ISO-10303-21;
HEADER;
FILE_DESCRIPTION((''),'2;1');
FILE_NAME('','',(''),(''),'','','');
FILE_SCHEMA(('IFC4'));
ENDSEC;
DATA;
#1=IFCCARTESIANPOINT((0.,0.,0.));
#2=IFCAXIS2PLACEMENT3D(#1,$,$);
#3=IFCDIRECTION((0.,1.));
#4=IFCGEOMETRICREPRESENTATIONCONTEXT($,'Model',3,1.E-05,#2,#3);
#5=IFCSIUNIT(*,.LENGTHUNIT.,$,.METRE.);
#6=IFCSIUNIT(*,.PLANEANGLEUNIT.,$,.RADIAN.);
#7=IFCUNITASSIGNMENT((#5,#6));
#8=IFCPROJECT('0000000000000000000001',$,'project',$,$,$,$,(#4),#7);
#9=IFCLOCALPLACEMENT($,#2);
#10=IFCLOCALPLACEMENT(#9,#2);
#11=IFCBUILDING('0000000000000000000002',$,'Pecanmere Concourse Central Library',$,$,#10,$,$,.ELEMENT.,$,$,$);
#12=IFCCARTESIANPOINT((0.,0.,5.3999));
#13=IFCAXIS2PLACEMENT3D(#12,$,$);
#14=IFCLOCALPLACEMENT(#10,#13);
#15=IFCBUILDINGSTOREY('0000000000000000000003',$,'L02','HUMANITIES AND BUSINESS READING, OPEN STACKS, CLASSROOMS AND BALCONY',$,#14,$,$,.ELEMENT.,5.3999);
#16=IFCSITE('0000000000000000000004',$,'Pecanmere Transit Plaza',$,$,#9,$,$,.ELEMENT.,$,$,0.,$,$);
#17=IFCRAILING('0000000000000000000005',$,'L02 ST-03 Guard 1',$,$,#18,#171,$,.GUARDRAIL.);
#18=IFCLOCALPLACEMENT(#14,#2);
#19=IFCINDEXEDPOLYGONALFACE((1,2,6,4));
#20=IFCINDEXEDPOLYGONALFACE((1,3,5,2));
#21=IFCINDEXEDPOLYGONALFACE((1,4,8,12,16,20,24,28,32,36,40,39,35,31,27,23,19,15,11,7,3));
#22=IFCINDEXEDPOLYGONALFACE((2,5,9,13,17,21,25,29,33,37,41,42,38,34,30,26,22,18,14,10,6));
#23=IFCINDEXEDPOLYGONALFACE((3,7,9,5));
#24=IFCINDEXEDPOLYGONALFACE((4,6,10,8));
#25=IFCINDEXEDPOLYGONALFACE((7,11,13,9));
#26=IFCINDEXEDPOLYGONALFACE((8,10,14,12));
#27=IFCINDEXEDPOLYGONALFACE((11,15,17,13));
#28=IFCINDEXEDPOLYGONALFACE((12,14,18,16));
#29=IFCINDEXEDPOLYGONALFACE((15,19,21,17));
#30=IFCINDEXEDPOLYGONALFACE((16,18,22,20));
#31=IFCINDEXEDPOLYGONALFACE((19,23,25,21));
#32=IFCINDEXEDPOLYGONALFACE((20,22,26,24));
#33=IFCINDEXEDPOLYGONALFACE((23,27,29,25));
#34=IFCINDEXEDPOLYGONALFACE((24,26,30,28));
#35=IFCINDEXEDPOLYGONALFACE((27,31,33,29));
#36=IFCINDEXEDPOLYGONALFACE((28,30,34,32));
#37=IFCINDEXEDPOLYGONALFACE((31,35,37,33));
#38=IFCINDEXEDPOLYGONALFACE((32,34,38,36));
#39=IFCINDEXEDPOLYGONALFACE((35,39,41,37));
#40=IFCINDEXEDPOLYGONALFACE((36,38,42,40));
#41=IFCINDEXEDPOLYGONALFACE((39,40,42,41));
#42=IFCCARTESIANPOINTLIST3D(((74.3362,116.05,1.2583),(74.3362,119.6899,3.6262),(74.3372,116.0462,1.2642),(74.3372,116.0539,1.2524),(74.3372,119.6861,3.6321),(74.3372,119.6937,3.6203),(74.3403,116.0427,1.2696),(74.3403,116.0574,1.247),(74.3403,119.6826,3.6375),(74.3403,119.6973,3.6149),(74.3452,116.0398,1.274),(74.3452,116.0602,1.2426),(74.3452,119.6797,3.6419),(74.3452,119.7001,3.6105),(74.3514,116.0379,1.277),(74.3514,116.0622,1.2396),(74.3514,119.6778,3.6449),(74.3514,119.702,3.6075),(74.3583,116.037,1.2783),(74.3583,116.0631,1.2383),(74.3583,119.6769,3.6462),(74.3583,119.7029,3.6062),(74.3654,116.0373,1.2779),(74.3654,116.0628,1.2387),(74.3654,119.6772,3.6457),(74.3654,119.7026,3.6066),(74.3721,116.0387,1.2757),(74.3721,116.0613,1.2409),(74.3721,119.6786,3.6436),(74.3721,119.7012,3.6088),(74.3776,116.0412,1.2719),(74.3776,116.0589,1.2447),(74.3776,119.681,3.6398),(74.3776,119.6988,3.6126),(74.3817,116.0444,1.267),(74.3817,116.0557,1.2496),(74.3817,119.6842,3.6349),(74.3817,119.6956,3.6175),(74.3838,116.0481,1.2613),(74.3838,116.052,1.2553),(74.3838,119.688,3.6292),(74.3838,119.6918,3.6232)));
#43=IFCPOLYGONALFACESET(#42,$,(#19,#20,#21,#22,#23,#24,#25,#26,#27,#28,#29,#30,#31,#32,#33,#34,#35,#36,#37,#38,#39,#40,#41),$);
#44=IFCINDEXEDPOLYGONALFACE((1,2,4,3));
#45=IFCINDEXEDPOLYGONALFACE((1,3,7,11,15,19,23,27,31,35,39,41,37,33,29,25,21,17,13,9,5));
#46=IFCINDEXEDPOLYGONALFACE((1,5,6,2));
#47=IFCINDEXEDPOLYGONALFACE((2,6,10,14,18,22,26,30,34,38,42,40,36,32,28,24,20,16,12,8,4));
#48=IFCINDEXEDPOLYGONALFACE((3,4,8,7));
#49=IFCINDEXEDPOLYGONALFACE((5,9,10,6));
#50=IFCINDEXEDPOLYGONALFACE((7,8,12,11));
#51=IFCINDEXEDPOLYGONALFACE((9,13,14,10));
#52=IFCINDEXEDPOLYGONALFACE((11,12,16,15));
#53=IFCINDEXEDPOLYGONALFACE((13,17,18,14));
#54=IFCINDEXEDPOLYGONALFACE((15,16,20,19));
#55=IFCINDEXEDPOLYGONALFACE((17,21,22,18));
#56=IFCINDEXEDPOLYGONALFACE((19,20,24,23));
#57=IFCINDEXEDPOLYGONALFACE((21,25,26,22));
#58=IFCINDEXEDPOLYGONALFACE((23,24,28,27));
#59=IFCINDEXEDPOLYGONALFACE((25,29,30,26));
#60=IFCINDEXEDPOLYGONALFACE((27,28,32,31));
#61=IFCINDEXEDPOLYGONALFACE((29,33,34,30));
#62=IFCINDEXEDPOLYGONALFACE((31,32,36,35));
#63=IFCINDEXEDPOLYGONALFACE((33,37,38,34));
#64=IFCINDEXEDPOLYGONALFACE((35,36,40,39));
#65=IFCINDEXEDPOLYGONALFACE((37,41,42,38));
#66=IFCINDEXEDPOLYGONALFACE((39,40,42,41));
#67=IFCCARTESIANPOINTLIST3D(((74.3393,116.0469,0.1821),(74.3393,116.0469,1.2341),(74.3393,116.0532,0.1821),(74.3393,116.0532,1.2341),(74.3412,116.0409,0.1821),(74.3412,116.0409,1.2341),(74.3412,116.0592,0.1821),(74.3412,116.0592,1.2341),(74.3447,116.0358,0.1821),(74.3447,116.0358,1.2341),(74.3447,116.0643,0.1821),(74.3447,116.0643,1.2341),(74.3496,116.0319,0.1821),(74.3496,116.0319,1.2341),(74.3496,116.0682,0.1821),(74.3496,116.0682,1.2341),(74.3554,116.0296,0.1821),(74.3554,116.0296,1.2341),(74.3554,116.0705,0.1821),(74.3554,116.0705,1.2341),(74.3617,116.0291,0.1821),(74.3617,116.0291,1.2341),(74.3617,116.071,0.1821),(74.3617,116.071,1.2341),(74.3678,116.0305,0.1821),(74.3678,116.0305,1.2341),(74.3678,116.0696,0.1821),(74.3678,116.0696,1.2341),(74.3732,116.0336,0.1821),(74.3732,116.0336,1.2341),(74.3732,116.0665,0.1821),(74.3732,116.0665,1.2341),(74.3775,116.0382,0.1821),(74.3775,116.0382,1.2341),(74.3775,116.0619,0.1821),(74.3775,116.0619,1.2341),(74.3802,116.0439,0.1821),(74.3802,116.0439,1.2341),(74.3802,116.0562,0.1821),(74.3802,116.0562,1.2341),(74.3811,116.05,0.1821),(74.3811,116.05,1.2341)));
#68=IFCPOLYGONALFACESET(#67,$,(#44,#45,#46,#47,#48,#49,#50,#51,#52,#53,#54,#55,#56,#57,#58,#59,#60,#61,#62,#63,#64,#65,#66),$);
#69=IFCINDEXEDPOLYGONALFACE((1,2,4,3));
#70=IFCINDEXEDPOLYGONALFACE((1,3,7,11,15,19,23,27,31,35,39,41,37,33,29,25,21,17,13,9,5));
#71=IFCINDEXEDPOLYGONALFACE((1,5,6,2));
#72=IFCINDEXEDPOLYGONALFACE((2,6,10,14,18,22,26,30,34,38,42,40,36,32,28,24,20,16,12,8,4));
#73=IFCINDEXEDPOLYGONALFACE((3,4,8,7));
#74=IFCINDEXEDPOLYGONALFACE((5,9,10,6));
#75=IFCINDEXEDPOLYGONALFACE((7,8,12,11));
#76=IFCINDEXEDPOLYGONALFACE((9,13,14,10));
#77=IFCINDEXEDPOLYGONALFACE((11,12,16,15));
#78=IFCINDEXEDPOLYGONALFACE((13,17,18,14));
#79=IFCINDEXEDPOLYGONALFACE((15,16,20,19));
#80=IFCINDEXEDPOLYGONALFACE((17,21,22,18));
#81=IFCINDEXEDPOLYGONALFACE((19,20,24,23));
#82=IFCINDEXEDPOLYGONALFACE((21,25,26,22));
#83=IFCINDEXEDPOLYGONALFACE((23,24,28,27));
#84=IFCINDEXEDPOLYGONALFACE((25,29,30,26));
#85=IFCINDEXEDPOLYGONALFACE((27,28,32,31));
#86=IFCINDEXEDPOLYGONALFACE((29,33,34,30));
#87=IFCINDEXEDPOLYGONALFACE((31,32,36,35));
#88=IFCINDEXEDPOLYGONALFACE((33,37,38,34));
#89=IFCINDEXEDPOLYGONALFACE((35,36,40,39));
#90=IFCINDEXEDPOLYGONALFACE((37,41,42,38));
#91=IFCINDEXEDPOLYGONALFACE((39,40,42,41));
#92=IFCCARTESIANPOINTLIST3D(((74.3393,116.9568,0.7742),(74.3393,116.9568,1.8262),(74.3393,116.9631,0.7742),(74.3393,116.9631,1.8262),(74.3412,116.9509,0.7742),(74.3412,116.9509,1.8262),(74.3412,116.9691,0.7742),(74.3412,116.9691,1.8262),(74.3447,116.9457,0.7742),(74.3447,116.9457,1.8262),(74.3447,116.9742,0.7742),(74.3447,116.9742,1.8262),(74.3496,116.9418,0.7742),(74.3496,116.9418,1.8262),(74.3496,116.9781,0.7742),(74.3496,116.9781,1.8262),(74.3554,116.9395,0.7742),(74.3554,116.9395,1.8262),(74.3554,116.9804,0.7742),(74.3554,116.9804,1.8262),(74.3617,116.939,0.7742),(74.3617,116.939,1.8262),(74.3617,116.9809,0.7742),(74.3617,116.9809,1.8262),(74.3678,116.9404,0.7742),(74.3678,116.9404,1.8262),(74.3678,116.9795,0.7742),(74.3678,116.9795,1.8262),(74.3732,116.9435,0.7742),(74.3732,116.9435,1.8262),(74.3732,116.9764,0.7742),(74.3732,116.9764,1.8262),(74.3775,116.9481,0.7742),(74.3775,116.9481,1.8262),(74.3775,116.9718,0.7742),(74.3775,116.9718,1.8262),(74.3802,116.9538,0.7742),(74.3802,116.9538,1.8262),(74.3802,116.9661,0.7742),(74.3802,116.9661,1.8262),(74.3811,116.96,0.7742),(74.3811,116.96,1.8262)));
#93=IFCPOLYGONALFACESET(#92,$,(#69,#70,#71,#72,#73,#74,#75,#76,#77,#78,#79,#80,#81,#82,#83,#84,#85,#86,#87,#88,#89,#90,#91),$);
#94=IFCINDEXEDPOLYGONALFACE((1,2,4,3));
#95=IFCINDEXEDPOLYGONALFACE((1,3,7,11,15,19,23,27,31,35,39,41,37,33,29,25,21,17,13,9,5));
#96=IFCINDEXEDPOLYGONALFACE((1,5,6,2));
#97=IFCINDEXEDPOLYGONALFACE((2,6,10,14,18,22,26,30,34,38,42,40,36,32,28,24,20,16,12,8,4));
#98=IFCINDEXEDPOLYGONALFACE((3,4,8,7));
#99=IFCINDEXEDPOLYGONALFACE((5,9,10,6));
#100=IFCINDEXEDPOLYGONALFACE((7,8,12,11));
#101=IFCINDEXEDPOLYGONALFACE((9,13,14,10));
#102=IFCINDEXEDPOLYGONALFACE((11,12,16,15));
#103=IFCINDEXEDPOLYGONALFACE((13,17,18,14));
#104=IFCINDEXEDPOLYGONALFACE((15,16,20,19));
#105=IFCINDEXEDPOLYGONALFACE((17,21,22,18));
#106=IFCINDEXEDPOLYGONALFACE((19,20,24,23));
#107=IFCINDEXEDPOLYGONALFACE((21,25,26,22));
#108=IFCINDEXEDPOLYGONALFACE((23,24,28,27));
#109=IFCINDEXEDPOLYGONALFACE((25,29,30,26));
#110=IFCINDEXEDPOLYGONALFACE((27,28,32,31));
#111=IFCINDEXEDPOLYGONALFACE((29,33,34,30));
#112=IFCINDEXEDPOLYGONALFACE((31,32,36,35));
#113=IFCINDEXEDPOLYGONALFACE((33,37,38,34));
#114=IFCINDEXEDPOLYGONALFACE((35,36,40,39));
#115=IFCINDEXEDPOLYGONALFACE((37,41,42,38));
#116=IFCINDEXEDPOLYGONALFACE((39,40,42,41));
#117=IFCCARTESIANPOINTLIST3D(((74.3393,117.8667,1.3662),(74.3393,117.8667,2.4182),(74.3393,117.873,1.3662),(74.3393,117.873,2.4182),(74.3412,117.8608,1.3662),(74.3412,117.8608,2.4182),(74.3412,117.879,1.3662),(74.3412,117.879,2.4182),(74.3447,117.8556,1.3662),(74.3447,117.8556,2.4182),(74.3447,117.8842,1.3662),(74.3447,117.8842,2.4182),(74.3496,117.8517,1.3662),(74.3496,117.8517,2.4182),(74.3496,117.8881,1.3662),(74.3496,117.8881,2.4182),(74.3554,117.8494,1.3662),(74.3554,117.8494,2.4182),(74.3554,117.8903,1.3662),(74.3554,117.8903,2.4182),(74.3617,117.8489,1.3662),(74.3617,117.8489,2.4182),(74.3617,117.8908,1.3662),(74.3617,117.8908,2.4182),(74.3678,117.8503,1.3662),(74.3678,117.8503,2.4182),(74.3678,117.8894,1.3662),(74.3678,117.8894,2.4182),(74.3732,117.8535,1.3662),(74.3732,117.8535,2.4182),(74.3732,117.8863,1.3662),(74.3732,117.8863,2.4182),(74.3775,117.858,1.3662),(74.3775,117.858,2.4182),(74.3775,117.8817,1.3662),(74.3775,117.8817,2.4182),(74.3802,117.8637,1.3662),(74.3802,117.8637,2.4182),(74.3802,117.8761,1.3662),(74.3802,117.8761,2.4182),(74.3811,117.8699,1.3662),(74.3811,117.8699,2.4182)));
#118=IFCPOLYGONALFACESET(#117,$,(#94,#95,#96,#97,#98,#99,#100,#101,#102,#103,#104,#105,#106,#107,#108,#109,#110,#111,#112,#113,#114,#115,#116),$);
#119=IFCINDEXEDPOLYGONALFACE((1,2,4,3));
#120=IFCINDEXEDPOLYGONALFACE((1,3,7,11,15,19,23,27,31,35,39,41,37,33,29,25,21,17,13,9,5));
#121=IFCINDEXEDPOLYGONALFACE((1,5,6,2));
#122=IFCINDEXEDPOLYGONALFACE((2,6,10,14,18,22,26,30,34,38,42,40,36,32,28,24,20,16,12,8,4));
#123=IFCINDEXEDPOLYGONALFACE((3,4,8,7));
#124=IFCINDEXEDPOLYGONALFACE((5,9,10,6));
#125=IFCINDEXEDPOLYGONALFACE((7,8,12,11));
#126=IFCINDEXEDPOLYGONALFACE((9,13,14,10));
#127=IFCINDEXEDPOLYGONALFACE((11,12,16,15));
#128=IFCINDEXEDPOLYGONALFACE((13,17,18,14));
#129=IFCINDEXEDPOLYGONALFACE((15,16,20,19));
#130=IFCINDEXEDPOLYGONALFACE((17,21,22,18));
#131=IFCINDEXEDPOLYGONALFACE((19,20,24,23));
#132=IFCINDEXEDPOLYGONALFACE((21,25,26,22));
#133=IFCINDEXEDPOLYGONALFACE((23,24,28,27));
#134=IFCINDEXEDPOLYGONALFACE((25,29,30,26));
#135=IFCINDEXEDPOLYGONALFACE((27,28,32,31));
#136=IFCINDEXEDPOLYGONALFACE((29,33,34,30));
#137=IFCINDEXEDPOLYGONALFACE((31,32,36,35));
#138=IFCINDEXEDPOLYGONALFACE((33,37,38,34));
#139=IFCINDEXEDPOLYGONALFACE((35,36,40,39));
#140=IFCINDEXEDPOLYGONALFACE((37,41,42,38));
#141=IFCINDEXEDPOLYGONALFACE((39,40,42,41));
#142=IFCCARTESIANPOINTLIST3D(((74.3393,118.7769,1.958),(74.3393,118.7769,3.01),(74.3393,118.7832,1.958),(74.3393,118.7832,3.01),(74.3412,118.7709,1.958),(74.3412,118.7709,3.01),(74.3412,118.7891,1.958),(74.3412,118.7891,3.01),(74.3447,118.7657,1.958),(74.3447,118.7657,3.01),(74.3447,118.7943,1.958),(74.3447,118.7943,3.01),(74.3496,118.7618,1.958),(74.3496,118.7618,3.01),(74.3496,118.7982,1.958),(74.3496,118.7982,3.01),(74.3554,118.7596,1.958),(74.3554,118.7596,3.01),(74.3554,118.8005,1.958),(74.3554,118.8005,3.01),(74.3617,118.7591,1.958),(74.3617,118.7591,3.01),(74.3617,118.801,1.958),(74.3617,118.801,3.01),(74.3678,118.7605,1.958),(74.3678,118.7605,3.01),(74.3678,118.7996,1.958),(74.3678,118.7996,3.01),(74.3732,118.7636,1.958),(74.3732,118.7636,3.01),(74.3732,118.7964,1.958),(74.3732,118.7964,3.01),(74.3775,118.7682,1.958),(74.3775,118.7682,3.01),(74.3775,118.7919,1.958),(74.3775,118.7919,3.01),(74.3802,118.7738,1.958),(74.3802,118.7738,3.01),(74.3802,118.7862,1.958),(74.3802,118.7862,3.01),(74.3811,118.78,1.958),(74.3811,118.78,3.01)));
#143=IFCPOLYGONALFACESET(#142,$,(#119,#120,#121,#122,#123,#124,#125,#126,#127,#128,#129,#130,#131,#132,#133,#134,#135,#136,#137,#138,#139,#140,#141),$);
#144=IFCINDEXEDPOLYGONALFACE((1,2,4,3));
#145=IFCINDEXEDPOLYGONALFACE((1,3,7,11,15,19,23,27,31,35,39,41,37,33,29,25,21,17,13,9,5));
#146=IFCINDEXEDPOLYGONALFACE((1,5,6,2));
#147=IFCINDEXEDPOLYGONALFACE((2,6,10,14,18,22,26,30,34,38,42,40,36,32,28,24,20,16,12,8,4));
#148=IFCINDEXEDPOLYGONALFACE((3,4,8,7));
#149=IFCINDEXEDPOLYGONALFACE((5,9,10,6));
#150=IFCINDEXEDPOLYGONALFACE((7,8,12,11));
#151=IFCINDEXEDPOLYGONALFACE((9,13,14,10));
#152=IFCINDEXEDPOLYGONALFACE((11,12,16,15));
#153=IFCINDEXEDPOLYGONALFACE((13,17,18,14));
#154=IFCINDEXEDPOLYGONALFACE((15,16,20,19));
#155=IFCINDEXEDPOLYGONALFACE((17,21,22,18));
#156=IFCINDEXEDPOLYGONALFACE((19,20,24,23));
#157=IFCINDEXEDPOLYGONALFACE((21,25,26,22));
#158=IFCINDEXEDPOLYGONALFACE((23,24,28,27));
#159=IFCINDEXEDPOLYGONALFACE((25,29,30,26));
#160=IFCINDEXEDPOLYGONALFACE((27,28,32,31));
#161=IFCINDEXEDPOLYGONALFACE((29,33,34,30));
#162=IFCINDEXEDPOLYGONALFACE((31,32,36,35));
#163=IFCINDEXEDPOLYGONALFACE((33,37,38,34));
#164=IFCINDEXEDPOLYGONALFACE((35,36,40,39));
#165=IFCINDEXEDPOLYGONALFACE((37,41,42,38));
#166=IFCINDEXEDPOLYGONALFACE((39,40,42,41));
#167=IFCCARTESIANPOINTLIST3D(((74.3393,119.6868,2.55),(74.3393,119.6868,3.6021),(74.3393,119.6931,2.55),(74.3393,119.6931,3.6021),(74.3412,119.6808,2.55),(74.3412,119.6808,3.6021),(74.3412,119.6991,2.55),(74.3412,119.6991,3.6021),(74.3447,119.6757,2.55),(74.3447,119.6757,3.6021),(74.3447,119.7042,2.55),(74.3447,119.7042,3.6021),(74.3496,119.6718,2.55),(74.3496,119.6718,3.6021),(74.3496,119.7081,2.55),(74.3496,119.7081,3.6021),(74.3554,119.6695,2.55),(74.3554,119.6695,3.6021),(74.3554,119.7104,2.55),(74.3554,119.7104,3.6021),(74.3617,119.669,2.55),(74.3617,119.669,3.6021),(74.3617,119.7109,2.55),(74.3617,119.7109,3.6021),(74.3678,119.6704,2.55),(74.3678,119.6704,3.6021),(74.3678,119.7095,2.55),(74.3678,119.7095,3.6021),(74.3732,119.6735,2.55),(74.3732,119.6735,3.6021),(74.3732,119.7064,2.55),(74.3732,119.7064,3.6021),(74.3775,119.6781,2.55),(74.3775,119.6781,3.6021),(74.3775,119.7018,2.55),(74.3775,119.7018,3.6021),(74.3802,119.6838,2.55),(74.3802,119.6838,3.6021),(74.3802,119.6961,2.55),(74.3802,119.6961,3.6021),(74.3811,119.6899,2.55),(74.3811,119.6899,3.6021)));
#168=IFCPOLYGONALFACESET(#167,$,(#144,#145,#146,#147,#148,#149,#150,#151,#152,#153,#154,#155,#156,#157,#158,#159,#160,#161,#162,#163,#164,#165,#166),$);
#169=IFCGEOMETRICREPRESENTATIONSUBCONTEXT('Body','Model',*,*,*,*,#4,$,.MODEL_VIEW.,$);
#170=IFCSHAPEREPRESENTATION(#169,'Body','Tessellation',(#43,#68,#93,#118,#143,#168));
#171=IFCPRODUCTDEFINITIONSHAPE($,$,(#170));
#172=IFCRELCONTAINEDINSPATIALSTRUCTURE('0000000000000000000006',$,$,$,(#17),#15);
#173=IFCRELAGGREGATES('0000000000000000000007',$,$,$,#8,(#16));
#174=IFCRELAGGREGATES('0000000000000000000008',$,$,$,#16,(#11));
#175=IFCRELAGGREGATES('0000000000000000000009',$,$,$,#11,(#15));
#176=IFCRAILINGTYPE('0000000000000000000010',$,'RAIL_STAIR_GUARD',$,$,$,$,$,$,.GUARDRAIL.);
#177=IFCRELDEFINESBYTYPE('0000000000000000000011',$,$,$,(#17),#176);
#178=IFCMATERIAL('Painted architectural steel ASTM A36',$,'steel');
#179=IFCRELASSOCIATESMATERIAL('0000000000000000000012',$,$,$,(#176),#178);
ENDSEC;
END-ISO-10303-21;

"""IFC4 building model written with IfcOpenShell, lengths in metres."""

from ifc_helpers import new_model, si_unit, direction, frame, origin, origin_2d, place, context, subcontext, project, spatial, circle, extrude, material, type_object, element, save


model = new_model("IFC4")

# Units and contexts
model_context = context("Model", 3, precision=1e-05, world=origin(), true_north=direction((0.0, 1.0)))
body_context = subcontext(model_context, "Body", "Model", "MODEL_VIEW")
ifc_project = project(units=[si_unit("LENGTHUNIT", "METRE"), si_unit("PLANEANGLEUNIT", "RADIAN")], contexts=[model_context])

# Site, building, storey
site_placement = place(None, origin())
site = spatial("IfcSite", under=ifc_project, at=site_placement, Name="Pecanmere Transit Plaza", CompositionType="ELEMENT", RefElevation=0.0)
building_placement = place(site_placement, origin())
building = spatial("IfcBuilding", under=site, at=building_placement, Name="Pecanmere Concourse Central Library", CompositionType="ELEMENT")
storey_placement = place(building_placement, frame((0.0, 0.0, 5.3999)))
storey = spatial("IfcBuildingStorey", under=building, at=storey_placement, Name="L02", Description="HUMANITIES AND BUSINESS READING, OPEN STACKS, CLASSROOMS AND BALCONY", CompositionType="ELEMENT", Elevation=5.3999)

# Railing
ifc_material_1 = material(Name="Painted architectural steel ASTM A36", Category="steel")
railing_type_1 = type_object("IfcRailingType", Name="RAIL_STAIR_GUARD", PredefinedType="GUARDRAIL", material=ifc_material_1)
railing_1_placement = place(storey_placement, frame((74.3601, 116.05, 0.1821)))
element("IfcRailing", 1, at=railing_1_placement, inside=storey, type_object=railing_type_1, Name="L02 ST-03 Guard 1", PredefinedType="GUARDRAIL", context=body_context, shape_type="SweptSolid", body=[
    extrude(circle(Radius=0.0239, at=origin_2d()), frame((0.0, 0.0, 1.0762), z_axis=(0.0, 0.838234, 0.54531), x_axis=(-1.0, 0.0, 0.0)), (0.0, 0.0, 1.0), 4.3423),
    extrude(circle(Radius=0.021, at=origin_2d()), origin(), (0.0, 0.0, 1.0), 1.052),
    extrude(circle(Radius=0.021, at=origin_2d()), frame((0.0, 0.9099, 0.592)), (0.0, 0.0, 1.0), 1.052),
    extrude(circle(Radius=0.021, at=origin_2d()), frame((0.0, 1.8198, 1.1841)), (0.0, 0.0, 1.0), 1.052),
    extrude(circle(Radius=0.021, at=origin_2d()), frame((0.0, 2.73, 1.7759)), (0.0, 0.0, 1.0), 1.052),
    extrude(circle(Radius=0.021, at=origin_2d()), frame((0.0, 3.6399, 2.3679)), (0.0, 0.0, 1.0), 1.052),
])

save(model, "model.ifc")
